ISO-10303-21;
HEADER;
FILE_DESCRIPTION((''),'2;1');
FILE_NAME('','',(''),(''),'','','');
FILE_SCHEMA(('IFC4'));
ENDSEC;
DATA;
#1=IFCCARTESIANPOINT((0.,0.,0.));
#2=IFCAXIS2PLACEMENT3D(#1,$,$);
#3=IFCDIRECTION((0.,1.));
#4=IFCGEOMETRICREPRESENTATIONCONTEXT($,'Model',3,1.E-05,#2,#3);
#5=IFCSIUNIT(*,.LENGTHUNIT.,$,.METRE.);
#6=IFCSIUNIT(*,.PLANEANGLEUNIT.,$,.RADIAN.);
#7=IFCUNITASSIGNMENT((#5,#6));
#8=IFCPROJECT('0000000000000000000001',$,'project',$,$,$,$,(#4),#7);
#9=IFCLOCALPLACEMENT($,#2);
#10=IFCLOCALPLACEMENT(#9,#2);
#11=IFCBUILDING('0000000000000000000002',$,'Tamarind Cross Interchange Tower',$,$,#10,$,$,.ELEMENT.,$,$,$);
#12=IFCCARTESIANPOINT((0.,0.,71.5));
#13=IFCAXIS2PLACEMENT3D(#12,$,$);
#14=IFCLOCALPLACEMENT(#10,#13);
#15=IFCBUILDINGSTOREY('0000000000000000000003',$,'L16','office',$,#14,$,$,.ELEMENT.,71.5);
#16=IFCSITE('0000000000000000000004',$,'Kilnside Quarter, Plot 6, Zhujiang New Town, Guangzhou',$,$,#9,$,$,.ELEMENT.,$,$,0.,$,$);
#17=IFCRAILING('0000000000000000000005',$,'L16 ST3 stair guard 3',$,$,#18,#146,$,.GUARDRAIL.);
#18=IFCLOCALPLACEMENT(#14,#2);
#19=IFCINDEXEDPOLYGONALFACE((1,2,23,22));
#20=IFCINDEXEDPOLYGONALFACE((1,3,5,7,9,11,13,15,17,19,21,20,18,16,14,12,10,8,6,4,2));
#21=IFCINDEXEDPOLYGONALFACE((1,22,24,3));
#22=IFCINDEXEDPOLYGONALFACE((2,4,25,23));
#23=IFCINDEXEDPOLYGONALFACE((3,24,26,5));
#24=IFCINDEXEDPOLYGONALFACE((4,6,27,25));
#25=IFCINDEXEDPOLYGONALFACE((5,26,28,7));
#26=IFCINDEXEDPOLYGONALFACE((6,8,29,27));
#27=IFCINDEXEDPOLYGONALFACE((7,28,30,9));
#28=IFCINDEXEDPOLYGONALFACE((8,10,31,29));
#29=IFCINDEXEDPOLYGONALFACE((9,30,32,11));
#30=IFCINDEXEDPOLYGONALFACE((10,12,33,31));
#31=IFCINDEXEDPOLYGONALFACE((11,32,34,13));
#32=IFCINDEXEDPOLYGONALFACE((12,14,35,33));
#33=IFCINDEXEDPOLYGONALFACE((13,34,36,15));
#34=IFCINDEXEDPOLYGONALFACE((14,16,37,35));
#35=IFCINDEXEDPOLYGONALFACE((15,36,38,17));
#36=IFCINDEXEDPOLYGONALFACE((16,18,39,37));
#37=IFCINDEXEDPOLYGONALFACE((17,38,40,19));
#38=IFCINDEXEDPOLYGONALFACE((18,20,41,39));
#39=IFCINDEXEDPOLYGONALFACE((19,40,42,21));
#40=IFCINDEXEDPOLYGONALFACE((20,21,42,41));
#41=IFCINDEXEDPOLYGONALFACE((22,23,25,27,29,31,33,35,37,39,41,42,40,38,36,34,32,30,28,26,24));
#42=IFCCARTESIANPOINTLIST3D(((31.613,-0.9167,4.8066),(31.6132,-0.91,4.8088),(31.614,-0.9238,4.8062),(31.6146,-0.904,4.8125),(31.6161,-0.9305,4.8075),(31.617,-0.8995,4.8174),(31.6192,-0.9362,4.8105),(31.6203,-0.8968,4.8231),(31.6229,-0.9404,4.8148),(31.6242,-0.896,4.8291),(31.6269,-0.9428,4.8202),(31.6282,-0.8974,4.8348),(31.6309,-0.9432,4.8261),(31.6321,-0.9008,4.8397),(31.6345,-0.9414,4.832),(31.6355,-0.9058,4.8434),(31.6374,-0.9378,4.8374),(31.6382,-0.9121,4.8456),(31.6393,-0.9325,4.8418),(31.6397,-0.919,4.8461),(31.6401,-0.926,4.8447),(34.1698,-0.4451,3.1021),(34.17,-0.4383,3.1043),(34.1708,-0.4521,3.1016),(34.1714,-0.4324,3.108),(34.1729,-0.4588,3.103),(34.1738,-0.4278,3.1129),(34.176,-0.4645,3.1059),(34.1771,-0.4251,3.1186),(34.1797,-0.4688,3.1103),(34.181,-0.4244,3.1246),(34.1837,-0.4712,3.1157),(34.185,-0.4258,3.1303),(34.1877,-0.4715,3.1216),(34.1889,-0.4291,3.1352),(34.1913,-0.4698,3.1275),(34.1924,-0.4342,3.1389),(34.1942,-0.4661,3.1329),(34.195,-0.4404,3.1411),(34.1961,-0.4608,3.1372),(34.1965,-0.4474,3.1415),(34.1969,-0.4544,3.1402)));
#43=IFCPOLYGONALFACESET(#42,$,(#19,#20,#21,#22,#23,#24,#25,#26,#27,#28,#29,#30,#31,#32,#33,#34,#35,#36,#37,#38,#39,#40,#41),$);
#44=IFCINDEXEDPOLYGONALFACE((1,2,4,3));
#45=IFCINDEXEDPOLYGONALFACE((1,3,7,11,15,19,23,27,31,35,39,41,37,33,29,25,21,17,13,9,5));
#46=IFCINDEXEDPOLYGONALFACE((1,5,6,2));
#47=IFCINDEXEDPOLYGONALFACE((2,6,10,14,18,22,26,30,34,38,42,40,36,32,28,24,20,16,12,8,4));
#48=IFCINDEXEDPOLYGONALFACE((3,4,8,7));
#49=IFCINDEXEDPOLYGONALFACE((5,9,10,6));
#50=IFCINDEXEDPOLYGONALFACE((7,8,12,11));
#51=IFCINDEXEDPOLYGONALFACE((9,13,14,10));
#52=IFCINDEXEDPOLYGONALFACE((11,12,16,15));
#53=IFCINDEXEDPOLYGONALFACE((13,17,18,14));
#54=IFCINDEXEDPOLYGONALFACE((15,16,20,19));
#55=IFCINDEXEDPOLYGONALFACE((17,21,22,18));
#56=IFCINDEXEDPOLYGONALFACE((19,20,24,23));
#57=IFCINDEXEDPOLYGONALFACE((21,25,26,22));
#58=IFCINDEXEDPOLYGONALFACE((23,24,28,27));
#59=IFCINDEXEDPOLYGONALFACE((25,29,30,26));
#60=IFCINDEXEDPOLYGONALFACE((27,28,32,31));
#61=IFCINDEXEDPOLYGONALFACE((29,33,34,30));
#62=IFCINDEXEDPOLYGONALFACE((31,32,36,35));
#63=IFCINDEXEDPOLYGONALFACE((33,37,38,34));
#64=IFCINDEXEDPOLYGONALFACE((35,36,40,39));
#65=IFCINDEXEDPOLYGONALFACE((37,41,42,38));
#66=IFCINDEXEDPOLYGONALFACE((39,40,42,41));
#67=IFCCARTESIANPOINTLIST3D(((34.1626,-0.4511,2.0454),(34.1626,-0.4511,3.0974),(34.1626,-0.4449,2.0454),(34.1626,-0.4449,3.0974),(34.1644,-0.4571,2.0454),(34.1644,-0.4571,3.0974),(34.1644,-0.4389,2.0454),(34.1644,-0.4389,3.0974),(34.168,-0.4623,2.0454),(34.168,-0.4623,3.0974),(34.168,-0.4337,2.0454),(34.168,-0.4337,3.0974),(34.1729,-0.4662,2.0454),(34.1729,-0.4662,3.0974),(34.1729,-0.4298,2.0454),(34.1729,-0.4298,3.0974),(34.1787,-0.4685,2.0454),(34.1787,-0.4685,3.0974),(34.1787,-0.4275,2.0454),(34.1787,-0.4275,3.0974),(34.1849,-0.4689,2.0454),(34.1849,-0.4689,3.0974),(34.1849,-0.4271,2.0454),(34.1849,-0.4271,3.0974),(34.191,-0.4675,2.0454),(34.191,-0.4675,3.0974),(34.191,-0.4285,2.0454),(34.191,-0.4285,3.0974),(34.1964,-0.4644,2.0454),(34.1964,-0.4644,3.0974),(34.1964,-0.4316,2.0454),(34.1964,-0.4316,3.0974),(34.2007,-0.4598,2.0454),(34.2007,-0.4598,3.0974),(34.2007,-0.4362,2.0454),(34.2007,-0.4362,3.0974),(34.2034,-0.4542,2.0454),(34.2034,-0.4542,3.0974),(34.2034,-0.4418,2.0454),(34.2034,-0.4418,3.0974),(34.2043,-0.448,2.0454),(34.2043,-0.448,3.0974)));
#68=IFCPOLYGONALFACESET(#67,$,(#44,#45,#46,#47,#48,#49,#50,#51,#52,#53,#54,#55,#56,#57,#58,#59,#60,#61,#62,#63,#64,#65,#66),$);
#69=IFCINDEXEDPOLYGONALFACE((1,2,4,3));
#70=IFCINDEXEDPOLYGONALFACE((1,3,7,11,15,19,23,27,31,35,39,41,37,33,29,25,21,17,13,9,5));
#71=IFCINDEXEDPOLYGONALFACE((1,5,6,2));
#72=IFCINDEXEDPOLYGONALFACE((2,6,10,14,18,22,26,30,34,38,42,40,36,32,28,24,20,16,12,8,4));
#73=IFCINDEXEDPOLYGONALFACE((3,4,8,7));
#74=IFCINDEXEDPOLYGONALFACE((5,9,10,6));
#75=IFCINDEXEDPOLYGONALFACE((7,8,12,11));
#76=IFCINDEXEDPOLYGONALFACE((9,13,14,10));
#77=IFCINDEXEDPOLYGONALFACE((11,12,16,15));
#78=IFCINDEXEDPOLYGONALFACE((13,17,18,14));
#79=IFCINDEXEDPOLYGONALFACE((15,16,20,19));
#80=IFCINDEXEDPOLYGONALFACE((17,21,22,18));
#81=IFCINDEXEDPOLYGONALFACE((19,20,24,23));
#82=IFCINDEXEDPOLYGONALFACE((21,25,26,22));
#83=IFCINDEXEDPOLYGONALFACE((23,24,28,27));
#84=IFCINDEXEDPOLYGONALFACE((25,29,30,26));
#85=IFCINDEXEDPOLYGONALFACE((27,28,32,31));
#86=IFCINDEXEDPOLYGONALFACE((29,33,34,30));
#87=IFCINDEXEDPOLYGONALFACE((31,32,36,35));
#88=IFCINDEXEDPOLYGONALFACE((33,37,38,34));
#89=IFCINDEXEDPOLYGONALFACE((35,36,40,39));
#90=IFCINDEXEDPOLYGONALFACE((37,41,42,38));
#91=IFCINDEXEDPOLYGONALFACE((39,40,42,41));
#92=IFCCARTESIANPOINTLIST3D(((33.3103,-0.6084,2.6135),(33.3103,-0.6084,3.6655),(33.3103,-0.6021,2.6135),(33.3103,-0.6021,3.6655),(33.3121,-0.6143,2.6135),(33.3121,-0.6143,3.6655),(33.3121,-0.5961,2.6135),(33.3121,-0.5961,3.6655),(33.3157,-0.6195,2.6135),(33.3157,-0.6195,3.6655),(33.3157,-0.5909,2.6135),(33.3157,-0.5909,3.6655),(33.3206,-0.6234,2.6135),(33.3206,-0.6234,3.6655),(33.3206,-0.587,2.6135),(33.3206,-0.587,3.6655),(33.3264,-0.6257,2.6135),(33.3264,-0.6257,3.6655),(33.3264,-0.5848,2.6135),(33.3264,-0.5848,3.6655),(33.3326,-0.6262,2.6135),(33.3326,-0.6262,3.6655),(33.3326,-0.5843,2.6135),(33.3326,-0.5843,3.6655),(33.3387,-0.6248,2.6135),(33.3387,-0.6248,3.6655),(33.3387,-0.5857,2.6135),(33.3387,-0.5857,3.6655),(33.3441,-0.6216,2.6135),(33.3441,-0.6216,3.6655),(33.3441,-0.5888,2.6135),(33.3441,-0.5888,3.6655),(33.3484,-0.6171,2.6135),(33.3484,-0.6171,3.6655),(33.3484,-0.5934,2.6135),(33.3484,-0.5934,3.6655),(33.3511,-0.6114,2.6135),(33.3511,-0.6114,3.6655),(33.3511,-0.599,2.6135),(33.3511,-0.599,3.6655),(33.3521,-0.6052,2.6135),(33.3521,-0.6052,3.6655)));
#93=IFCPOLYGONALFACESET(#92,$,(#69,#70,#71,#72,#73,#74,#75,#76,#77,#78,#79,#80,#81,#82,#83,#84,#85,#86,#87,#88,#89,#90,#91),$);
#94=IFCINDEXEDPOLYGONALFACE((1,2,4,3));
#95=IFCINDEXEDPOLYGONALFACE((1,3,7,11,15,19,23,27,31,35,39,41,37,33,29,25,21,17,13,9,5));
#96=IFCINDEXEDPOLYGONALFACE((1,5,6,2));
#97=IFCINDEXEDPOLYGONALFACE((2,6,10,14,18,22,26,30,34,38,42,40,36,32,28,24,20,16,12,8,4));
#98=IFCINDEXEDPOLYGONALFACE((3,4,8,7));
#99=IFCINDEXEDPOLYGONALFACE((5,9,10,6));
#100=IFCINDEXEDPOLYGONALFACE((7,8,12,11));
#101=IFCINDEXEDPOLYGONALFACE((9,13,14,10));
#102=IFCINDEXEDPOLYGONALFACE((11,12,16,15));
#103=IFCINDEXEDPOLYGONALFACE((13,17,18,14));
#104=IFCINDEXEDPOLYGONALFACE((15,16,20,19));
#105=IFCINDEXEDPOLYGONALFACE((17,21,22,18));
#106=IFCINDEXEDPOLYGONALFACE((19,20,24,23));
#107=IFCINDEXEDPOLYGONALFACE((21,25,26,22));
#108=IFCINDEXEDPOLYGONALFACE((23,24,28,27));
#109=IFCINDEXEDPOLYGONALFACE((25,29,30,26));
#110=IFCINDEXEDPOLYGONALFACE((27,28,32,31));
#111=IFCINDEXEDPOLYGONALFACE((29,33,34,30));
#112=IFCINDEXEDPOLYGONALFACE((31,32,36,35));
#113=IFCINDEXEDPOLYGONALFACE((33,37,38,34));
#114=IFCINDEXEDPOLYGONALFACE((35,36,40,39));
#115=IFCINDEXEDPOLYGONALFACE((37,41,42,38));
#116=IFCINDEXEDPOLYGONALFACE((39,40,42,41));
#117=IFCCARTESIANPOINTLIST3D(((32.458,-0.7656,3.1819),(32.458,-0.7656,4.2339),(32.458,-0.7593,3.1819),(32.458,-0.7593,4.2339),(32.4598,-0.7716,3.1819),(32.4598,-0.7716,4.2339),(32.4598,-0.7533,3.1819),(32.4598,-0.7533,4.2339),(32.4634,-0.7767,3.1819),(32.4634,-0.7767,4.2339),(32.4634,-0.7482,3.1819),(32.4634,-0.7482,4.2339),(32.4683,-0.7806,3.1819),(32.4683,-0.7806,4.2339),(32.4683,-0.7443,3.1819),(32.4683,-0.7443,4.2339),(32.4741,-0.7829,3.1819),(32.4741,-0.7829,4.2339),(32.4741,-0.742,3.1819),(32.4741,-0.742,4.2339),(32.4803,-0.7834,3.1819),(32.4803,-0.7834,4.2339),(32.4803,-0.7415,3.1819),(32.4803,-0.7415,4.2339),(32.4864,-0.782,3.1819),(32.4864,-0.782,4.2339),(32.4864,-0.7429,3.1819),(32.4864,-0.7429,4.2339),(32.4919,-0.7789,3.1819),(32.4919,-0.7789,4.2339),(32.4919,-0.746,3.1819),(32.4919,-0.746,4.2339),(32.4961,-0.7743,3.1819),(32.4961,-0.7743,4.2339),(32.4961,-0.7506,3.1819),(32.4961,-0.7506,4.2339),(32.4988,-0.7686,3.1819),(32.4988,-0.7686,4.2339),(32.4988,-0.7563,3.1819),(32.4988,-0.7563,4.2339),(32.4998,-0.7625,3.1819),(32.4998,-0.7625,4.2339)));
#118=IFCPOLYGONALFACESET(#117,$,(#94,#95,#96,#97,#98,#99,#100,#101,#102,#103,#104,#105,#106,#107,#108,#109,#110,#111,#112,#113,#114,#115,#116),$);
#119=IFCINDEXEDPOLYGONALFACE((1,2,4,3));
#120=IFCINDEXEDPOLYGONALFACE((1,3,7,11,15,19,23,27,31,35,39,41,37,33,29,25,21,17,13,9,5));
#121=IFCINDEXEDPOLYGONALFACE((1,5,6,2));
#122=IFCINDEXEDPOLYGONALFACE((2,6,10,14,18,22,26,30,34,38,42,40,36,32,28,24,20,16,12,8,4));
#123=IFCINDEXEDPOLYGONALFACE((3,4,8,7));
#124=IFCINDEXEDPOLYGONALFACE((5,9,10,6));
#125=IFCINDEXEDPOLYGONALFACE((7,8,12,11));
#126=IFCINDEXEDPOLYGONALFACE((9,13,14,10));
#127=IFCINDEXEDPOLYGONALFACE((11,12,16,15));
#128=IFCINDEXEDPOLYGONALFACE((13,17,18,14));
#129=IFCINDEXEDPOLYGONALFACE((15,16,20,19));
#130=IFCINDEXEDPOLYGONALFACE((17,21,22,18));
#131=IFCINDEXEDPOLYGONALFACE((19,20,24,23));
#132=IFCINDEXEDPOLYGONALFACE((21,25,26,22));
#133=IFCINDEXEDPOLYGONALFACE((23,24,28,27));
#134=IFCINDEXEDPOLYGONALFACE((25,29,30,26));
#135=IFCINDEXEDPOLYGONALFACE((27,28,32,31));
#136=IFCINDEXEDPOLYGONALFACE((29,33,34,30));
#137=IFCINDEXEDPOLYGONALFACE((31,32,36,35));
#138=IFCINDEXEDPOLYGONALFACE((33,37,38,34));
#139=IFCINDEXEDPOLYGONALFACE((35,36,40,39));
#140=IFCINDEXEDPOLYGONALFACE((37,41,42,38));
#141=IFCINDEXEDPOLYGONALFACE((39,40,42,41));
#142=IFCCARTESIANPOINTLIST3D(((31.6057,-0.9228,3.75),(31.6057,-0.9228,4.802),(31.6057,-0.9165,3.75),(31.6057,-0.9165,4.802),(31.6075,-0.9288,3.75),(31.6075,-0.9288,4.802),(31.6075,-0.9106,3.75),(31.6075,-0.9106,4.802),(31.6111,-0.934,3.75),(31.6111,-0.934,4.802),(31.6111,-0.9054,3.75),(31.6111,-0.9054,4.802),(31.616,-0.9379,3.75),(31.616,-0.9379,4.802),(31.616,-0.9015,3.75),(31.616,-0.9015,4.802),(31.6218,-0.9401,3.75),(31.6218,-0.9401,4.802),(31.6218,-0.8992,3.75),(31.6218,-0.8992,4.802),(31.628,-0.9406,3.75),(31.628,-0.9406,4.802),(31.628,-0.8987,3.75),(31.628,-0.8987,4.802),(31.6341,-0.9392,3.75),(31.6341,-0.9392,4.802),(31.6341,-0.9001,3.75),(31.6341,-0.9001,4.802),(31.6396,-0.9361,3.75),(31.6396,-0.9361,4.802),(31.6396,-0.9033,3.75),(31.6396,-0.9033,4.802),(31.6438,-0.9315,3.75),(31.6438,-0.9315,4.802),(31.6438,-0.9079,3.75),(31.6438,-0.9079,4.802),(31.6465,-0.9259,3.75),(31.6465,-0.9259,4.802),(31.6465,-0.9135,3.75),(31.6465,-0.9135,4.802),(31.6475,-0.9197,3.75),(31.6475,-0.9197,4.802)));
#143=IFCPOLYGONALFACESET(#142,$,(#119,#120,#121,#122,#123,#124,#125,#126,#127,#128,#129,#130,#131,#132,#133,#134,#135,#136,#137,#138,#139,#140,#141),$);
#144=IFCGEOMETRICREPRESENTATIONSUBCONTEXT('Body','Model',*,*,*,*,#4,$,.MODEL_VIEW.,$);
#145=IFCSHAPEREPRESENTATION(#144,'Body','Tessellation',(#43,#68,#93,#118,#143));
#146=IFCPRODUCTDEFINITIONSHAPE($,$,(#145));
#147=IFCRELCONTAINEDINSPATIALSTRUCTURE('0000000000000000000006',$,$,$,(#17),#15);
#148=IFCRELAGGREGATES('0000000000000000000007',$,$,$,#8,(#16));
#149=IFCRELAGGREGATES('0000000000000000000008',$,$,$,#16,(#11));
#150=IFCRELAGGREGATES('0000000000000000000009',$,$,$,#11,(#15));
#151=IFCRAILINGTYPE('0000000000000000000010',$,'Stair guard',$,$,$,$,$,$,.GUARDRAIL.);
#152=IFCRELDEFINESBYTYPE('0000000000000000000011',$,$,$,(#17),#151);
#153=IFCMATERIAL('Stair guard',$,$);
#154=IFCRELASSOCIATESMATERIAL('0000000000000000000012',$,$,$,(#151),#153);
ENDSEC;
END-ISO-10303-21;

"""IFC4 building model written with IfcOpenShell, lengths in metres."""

from ifc_helpers import new_model, si_unit, direction, frame, origin, origin_2d, place, context, subcontext, project, spatial, circle, extrude, material, type_object, element, save


model = new_model("IFC4")

# Units and contexts
model_context = context("Model", 3, precision=1e-05, world=origin(), true_north=direction((0.0, 1.0)))
body_context = subcontext(model_context, "Body", "Model", "MODEL_VIEW")
ifc_project = project(units=[si_unit("LENGTHUNIT", "METRE"), si_unit("PLANEANGLEUNIT", "RADIAN")], contexts=[model_context])

# Site, building, storey
site_placement = place(None, origin())
site = spatial("IfcSite", under=ifc_project, at=site_placement, Name="Kilnside Quarter, Plot 6, Zhujiang New Town, Guangzhou", CompositionType="ELEMENT", RefElevation=0.0)
building_placement = place(site_placement, origin())
building = spatial("IfcBuilding", under=site, at=building_placement, Name="Tamarind Cross Interchange Tower", CompositionType="ELEMENT")
storey_placement = place(building_placement, frame((0.0, 0.0, 71.5)))
storey = spatial("IfcBuildingStorey", under=building, at=storey_placement, Name="L16", Description="office", CompositionType="ELEMENT", Elevation=71.5)

# Railing
ifc_material_1 = material(Name="Stair guard")
railing_type_1 = type_object("IfcRailingType", Name="Stair guard", PredefinedType="GUARDRAIL", material=ifc_material_1)
railing_1_placement = place(storey_placement, frame((34.1833, -0.448, 2.0454)))
element("IfcRailing", 1, at=railing_1_placement, inside=storey, type_object=railing_type_1, Name="L16 ST3 stair guard 3", PredefinedType="GUARDRAIL", context=body_context, shape_type="SweptSolid", body=[
    extrude(circle(Radius=0.0239, at=origin_2d()), frame((0.0, 0.0, 1.0762), z_axis=(-0.822419, -0.151715, 0.548279), x_axis=(0.181413, -0.983407, 0.0)), (0.0, 0.0, 1.0), 3.1089),
    extrude(circle(Radius=0.021, at=origin_2d()), origin(), (0.0, 0.0, 1.0), 1.052),
    extrude(circle(Radius=0.021, at=origin_2d()), frame((-0.8523, -0.1572, 0.5681)), (0.0, 0.0, 1.0), 1.052),
    extrude(circle(Radius=0.021, at=origin_2d()), frame((-1.7046, -0.3145, 1.1365)), (0.0, 0.0, 1.0), 1.052),
    extrude(circle(Radius=0.021, at=origin_2d()), frame((-2.5569, -0.4717, 1.7046)), (0.0, 0.0, 1.0), 1.052),
])

save(model, "model.ifc")
